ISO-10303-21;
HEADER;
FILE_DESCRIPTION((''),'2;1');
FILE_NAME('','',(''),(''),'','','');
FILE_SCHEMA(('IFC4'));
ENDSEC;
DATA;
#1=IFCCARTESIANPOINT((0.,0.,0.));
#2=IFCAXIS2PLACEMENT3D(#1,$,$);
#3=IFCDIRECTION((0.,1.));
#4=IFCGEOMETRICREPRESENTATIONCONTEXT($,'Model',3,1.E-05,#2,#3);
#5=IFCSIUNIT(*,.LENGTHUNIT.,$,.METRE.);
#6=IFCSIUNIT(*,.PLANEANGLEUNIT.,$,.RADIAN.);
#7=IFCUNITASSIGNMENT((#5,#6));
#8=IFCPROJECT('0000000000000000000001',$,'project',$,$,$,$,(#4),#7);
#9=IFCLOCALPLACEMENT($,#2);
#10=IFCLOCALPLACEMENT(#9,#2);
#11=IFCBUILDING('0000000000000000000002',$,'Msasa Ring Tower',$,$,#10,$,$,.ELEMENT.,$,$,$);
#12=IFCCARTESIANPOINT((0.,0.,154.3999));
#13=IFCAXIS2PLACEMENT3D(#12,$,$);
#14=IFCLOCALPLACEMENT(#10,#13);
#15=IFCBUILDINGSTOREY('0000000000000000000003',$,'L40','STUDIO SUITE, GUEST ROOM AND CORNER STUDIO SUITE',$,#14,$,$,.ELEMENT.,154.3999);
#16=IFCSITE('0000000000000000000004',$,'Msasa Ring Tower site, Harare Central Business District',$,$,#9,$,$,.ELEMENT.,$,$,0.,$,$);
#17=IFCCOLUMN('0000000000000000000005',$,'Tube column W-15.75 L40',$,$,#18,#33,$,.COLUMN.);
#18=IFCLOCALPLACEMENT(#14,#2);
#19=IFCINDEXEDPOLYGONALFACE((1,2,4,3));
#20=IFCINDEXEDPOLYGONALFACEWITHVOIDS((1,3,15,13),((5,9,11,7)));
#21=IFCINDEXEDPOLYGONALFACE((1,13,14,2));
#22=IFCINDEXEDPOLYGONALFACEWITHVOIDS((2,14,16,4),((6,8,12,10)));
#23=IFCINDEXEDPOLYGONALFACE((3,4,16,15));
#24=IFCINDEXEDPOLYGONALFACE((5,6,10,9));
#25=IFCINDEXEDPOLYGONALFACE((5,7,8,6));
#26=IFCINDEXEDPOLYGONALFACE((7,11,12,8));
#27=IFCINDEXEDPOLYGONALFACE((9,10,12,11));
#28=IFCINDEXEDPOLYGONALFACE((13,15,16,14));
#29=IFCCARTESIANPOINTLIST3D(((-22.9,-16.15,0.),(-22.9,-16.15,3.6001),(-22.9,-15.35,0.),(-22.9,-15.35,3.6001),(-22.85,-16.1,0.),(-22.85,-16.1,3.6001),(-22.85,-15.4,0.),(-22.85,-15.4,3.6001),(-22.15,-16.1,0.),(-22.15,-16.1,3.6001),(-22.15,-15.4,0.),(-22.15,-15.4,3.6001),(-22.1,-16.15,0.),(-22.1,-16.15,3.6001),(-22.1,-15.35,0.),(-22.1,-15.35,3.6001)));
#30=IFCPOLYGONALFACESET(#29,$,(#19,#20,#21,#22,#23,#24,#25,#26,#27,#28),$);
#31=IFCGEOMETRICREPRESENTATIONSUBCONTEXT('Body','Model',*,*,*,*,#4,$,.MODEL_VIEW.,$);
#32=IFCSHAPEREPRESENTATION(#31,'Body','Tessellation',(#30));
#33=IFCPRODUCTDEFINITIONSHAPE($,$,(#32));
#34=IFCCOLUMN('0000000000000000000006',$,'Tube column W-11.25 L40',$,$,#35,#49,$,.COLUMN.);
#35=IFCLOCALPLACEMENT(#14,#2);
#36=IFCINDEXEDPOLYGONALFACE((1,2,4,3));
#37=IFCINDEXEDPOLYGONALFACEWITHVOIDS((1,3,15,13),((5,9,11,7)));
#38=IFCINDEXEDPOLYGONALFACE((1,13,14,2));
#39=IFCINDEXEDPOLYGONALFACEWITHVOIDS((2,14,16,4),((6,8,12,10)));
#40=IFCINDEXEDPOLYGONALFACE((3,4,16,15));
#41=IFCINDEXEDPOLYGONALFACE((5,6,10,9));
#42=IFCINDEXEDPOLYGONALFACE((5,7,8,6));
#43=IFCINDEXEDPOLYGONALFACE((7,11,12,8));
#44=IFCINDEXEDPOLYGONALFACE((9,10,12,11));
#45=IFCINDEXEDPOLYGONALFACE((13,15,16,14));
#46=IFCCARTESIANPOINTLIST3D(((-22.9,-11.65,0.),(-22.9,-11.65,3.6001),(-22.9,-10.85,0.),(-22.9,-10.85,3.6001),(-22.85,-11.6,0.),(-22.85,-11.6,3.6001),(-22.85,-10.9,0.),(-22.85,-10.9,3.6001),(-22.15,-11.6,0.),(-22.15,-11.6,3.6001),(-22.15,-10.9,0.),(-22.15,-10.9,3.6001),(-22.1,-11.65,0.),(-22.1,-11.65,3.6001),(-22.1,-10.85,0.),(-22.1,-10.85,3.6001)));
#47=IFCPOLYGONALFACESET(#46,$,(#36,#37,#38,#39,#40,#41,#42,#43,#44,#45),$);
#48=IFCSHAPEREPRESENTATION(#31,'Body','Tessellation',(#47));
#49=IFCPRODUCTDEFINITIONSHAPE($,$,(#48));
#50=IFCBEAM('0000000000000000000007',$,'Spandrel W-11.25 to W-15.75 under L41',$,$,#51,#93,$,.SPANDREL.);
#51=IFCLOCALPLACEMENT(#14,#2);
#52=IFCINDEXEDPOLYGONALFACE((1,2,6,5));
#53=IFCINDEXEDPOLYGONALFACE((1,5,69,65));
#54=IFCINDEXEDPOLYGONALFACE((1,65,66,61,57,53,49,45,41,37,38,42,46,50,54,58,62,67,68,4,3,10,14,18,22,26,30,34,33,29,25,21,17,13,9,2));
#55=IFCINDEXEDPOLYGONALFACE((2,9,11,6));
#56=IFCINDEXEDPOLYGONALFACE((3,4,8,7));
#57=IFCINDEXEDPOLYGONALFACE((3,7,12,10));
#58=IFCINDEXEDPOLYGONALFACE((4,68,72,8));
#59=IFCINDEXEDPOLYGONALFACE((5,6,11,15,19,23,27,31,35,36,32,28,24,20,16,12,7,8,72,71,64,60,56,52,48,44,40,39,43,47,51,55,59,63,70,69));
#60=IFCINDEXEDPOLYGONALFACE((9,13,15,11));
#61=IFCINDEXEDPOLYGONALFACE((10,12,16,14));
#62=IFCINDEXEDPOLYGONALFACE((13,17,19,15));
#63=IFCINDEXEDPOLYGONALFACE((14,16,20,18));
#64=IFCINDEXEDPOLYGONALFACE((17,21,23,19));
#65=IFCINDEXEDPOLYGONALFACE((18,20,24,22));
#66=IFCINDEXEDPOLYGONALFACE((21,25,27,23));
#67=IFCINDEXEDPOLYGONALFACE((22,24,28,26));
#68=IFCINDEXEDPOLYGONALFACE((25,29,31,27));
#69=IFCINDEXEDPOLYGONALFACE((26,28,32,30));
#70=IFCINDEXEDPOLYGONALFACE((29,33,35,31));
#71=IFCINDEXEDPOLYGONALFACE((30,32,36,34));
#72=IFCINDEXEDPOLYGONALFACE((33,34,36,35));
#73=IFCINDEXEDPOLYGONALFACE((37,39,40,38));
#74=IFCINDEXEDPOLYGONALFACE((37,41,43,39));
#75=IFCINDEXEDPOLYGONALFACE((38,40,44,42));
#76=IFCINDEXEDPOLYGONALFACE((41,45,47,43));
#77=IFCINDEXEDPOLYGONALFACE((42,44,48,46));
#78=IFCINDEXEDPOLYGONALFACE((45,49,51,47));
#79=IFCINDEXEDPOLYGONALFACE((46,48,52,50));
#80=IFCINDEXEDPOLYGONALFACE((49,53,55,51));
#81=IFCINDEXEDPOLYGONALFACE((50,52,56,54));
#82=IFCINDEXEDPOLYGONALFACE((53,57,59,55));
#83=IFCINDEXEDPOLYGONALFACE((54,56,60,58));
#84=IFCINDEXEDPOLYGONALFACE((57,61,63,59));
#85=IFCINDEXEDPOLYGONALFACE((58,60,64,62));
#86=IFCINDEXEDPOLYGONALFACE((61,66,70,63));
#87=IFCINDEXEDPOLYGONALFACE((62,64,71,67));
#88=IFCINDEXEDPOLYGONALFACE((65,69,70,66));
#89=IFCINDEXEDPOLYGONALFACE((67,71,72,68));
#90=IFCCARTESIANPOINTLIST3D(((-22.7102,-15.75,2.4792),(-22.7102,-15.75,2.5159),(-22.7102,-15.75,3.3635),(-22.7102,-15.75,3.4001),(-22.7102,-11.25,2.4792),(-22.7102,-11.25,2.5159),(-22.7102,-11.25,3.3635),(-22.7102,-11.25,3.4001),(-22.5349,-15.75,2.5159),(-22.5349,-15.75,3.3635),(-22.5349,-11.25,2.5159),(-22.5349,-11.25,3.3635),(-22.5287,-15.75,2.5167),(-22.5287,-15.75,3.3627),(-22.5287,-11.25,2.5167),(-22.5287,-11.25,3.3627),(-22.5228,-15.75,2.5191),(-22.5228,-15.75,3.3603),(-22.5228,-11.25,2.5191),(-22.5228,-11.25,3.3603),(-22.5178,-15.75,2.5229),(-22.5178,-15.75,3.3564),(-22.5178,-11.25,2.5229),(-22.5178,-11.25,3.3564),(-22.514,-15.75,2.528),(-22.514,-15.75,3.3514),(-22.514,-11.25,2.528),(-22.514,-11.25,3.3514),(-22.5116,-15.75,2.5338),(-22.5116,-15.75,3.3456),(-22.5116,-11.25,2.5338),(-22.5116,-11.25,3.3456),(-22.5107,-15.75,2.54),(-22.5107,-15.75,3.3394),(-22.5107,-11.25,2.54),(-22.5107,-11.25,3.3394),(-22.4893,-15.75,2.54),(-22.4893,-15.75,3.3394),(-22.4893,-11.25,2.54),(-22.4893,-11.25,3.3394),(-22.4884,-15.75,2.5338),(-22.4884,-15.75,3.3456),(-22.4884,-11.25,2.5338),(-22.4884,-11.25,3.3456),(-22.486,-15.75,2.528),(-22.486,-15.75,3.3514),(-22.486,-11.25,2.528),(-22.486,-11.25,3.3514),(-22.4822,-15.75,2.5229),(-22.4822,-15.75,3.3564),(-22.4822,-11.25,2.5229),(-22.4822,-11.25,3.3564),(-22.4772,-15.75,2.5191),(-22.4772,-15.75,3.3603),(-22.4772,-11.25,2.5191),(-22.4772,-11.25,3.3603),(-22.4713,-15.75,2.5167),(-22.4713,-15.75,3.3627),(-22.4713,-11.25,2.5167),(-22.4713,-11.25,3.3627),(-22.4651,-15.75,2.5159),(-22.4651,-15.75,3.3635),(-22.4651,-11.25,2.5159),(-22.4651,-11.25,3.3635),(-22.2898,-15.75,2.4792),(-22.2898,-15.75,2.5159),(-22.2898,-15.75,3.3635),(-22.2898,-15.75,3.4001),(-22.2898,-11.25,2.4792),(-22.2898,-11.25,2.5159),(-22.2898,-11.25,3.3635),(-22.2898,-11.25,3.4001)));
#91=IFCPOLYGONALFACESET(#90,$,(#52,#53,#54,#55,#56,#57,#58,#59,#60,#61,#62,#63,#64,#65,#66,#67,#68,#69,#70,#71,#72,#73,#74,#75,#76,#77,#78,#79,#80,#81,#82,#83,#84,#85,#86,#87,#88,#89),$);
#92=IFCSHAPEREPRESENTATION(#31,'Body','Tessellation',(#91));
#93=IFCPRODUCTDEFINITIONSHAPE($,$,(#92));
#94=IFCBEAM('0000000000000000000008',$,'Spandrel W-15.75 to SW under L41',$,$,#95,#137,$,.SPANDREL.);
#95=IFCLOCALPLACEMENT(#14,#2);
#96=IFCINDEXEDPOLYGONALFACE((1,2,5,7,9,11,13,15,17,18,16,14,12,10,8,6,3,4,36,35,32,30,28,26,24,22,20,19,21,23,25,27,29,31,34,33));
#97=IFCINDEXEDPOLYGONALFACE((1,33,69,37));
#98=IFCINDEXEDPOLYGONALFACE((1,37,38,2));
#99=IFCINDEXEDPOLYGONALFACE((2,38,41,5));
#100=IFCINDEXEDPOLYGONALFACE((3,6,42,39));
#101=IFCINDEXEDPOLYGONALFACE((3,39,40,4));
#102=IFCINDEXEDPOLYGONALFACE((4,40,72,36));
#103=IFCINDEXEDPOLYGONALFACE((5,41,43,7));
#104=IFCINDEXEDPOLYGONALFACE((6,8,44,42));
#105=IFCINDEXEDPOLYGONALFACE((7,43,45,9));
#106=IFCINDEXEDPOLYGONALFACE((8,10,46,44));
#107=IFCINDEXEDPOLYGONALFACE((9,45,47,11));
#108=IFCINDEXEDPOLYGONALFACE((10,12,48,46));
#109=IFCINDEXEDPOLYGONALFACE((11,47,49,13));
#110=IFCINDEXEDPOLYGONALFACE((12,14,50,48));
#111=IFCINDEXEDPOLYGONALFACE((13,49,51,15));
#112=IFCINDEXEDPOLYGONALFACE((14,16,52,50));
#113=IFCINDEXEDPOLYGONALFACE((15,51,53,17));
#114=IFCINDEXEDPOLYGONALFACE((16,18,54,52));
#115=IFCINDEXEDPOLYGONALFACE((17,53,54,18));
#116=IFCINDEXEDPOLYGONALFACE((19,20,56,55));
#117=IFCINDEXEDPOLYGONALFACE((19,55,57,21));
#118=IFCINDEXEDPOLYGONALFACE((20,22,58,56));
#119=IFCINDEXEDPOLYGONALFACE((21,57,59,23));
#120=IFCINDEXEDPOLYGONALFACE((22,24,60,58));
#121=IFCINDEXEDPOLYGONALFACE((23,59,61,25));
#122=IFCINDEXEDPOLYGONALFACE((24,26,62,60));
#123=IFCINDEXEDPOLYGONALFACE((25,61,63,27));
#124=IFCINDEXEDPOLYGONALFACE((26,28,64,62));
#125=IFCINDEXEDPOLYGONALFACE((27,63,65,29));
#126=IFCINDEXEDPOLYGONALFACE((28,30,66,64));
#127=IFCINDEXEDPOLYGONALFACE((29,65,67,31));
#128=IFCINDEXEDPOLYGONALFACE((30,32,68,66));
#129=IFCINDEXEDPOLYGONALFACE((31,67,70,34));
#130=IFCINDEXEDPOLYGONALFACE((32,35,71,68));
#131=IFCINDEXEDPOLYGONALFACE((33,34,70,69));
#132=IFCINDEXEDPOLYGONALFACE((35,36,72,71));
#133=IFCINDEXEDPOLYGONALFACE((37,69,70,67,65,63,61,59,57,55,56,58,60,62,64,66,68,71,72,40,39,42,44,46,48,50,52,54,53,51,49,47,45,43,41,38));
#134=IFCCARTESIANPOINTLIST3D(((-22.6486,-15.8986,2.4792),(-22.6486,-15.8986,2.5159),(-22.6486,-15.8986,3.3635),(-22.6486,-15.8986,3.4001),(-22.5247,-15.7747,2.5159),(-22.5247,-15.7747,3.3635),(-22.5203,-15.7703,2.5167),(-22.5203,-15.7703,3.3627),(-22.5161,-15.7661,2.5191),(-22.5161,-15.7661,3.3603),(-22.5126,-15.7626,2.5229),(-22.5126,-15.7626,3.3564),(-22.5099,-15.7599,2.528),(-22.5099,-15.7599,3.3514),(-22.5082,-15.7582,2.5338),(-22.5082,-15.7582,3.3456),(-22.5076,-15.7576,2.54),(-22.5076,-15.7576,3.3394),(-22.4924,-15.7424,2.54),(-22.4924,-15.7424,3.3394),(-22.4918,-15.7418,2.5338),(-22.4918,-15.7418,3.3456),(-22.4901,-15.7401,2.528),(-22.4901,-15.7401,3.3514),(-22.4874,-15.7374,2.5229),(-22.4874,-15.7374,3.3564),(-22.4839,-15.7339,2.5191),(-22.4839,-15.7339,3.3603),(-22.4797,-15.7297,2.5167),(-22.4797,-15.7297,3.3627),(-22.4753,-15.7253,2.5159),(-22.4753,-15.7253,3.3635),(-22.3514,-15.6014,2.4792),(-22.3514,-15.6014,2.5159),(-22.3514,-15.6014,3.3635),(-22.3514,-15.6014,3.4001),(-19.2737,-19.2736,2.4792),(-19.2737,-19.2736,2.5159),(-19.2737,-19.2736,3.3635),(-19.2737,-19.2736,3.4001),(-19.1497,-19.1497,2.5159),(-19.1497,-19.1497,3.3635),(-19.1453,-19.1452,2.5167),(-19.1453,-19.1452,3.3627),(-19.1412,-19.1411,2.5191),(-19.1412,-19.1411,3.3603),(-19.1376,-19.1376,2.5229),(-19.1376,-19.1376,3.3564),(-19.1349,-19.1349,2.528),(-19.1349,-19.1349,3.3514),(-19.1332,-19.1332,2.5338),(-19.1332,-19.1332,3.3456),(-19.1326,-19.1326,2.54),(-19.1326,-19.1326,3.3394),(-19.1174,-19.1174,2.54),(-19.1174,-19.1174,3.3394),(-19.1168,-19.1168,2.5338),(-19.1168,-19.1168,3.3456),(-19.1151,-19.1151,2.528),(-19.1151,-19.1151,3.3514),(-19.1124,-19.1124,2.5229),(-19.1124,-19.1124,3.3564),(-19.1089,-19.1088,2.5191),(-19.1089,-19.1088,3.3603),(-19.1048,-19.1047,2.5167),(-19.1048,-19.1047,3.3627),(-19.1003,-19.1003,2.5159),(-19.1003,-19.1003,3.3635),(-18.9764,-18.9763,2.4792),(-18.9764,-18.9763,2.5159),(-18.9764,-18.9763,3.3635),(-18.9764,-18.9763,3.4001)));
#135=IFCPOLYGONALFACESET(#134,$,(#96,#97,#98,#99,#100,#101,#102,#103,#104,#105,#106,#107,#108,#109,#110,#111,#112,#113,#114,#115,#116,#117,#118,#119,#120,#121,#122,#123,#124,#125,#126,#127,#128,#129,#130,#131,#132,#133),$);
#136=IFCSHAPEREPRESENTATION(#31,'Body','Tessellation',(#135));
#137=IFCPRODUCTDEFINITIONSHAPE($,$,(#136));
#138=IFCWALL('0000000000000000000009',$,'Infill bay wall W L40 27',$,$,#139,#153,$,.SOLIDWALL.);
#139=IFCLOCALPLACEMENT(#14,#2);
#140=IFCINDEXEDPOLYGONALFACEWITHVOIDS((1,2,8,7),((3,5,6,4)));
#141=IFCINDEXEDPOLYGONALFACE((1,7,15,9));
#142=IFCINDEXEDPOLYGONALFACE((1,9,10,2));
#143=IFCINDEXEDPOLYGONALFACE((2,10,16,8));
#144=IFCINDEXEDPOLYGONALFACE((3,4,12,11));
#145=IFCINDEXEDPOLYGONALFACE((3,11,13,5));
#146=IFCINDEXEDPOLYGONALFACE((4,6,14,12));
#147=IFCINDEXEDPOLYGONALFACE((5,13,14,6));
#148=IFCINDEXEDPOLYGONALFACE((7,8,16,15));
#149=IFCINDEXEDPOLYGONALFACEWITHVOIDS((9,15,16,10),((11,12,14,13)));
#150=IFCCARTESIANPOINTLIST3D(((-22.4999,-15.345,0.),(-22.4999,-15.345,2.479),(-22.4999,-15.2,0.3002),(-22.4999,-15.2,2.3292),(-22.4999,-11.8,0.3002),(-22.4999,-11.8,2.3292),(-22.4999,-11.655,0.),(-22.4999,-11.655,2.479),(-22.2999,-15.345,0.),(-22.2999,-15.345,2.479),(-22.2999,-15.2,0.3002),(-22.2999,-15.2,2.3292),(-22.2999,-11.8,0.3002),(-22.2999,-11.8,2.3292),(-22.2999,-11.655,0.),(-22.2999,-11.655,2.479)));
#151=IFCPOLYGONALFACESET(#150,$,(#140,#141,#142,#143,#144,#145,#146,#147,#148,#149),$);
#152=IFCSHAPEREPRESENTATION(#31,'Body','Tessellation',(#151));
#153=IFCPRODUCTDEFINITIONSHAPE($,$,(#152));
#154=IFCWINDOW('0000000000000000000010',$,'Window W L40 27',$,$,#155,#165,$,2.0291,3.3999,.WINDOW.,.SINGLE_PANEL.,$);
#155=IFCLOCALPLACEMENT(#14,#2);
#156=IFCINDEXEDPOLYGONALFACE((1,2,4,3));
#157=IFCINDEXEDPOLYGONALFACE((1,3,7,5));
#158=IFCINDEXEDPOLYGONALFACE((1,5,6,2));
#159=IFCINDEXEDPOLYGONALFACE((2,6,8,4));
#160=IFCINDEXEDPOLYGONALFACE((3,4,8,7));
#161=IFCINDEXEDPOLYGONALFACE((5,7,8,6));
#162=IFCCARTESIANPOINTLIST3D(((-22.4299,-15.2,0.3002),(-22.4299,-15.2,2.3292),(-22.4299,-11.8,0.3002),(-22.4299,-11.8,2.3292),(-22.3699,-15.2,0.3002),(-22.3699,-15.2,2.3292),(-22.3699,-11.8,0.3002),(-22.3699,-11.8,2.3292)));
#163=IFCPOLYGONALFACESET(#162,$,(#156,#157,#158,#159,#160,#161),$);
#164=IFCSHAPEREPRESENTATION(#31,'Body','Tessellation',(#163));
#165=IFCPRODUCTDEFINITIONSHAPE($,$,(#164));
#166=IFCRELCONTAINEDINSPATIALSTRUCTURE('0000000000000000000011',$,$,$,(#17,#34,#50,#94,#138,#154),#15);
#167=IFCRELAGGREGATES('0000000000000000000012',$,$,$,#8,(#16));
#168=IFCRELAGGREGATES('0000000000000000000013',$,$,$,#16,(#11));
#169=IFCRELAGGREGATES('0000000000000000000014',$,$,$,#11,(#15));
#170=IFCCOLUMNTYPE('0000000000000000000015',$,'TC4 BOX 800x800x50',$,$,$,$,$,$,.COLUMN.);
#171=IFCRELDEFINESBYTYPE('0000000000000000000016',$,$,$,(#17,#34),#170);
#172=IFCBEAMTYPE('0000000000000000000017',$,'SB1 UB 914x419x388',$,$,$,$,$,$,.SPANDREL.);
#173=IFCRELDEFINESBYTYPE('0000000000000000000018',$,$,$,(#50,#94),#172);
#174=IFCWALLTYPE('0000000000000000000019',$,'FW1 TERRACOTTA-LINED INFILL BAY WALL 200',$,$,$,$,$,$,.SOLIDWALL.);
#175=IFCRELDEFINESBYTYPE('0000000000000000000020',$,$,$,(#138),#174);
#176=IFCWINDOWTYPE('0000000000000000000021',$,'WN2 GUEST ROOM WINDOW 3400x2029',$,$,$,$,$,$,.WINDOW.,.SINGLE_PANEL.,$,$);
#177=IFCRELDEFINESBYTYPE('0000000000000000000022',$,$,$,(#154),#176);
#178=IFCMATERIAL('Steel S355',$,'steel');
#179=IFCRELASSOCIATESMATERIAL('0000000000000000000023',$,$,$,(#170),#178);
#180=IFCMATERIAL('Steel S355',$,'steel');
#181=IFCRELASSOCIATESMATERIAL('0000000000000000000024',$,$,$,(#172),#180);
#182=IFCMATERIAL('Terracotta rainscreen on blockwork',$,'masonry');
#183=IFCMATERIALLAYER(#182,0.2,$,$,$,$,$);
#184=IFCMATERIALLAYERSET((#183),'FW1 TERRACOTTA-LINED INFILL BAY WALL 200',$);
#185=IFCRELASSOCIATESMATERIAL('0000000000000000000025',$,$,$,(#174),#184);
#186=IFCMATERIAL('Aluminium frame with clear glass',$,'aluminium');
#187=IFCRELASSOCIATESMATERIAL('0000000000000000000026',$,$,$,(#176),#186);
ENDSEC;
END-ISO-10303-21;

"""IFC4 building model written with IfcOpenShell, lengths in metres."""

from ifc_helpers import new_model, si_unit, direction, frame, frame_2d, origin, origin_2d, place, context, subcontext, project, spatial, rectangle, hollow_rectangle, i_section, extrude, material, layer, layer_set, material_profile, profile_set, type_object, element, fill, save


model = new_model("IFC4")

# Units and contexts
model_context = context("Model", 3, precision=1e-05, world=origin(), true_north=direction((0.0, 1.0)))
body_context = subcontext(model_context, "Body", "Model", "MODEL_VIEW")
ifc_project = project(units=[si_unit("LENGTHUNIT", "METRE"), si_unit("PLANEANGLEUNIT", "RADIAN")], contexts=[model_context])

# Site, building, storey
site_placement = place(None, origin())
site = spatial("IfcSite", under=ifc_project, at=site_placement, Name="Msasa Ring Tower site, Harare Central Business District", CompositionType="ELEMENT", RefElevation=0.0)
building_placement = place(site_placement, origin())
building = spatial("IfcBuilding", under=site, at=building_placement, Name="Msasa Ring Tower", CompositionType="ELEMENT")
storey_placement = place(building_placement, frame((0.0, 0.0, 154.3999)))
storey = spatial("IfcBuildingStorey", under=building, at=storey_placement, Name="L40", Description="STUDIO SUITE, GUEST ROOM AND CORNER STUDIO SUITE", CompositionType="ELEMENT", Elevation=154.3999)

# Columns
ifc_material_1 = material(Name="Steel S355", Category="steel")
ifc_material_profile_1 = material_profile(ifc_material_1, hollow_rectangle(XDim=0.8, YDim=0.8, WallThickness=0.05, at=origin_2d()), Name="BOX 800x800x50")
ifc_profile_set_1 = profile_set([ifc_material_profile_1], Name="Steel S355")
column_type = type_object("IfcColumnType", Name="TC4 BOX 800x800x50", PredefinedType="COLUMN", material=ifc_profile_set_1)
for number, where, z_axis, x_axis, name in (
    (1, (-22.5, -15.75, 0.0), (0.0, 0.0, 1.0), (1.0, 0.0, 0.0), "Tube column W-15.75 L40"),
    (2, (-22.5, -11.25, 0.0), (0.0, 0.0, 1.0), (1.0, 0.0, 0.0), "Tube column W-11.25 L40"),
):
    element("IfcColumn", number, at=place(storey_placement, frame(where, z_axis=z_axis, x_axis=x_axis)), inside=storey, type_object=column_type, Name=name, PredefinedType="COLUMN", context=body_context, shape_type="SweptSolid", body=[
        extrude(hollow_rectangle(XDim=0.8, YDim=0.8, WallThickness=0.05, at=origin_2d()), origin(), (0.0, 0.0, 1.0), 3.6001),
    ])

# Beams
ifc_material_2 = material(Name="Steel S355", Category="steel")
ifc_material_profile_2 = material_profile(ifc_material_2, i_section(OverallWidth=0.4204, OverallDepth=0.9209, WebThickness=0.0215, FlangeThickness=0.0366, FilletRadius=0.0242, at=origin_2d()), Name="UB 914x419x388")
ifc_profile_set_2 = profile_set([ifc_material_profile_2], Name="Steel S355")
beam_type = type_object("IfcBeamType", Name="SB1 UB 914x419x388", PredefinedType="SPANDREL", material=ifc_profile_set_2)
beam_1_placement = place(storey_placement, frame((-22.5, -11.25, 2.9397), z_axis=(0.0, -1.0, 0.0), x_axis=(1.0, 0.0, 0.0)))
element("IfcBeam", 3, at=beam_1_placement, inside=storey, type_object=beam_type, Name="Spandrel W-11.25 to W-15.75 under L41", PredefinedType="SPANDREL", context=body_context, shape_type="SweptSolid", body=[
    extrude(i_section(OverallWidth=0.4204, OverallDepth=0.9209, WebThickness=0.0215, FlangeThickness=0.0366, FilletRadius=0.0242, at=origin_2d()), origin(), (0.0, 0.0, 1.0), 4.5),
])
beam_2_placement = place(storey_placement, frame((-22.5, -15.75, 2.9397), z_axis=(0.707107, -0.707107, 0.0), x_axis=(0.707107, 0.707107, 0.0)))
element("IfcBeam", 4, at=beam_2_placement, inside=storey, type_object=beam_type, Name="Spandrel W-15.75 to SW under L41", PredefinedType="SPANDREL", context=body_context, shape_type="SweptSolid", body=[
    extrude(i_section(OverallWidth=0.4204, OverallDepth=0.9209, WebThickness=0.0215, FlangeThickness=0.0366, FilletRadius=0.0242, at=origin_2d()), origin(), (0.0, 0.0, 1.0), 4.7729),
])

# Wall, opening, window
ifc_material_3 = material(Name="Terracotta rainscreen on blockwork", Category="masonry")
ifc_layer_1 = layer(ifc_material_3, 0.2)
ifc_layer_set_1 = layer_set([ifc_layer_1], Name="FW1 TERRACOTTA-LINED INFILL BAY WALL 200")
wall_type_1 = type_object("IfcWallType", Name="FW1 TERRACOTTA-LINED INFILL BAY WALL 200", PredefinedType="SOLIDWALL", material=ifc_layer_set_1)
wall_1_placement = place(storey_placement, frame((-22.3999, -15.345, 0.0), z_axis=(0.0, 0.0, 1.0), x_axis=(0.0, 1.0, 0.0)))
wall_1 = element("IfcWall", 5, at=wall_1_placement, inside=storey, type_object=wall_type_1, Name="Infill bay wall W L40 27", PredefinedType="SOLIDWALL", context=body_context, shape_type="SweptSolid", body=[
    extrude(rectangle(XDim=3.6899, YDim=0.2, at=frame_2d((1.845, 0.0))), origin(), (0.0, 0.0, 1.0), 2.479),
])
opening_1_placement = place(wall_1_placement, frame((0.145, 0.0, 0.3)))
opening_1 = element("IfcOpeningElement", 6, at=opening_1_placement, cuts=wall_1, PredefinedType="OPENING", context=body_context, shape_type="SweptSolid", body=[
    extrude(rectangle(XDim=3.3999, YDim=2.0291, at=frame_2d((1.7, 1.0146))), frame((0.0, 0.1099, 0.0), z_axis=(0.0, -1.0, 0.0), x_axis=(1.0, 0.0, 0.0)), (0.0, 0.0, 1.0), 0.22),
])
ifc_material_4 = material(Name="Aluminium frame with clear glass", Category="aluminium")
window_type = type_object("IfcWindowType", Name="WN2 GUEST ROOM WINDOW 3400x2029", PartitioningType="SINGLE_PANEL", PredefinedType="WINDOW", material=ifc_material_4)
window_1_placement = place(opening_1_placement, origin())
window_1 = element("IfcWindow", 7, at=window_1_placement, inside=storey, type_object=window_type, Name="Window W L40 27", OverallHeight=2.0291, OverallWidth=3.3999, PartitioningType="SINGLE_PANEL", PredefinedType="WINDOW", context=body_context, shape_type="SweptSolid", body=[
    extrude(rectangle(XDim=3.3999, YDim=2.0291, at=frame_2d((1.7, 1.0146))), frame((0.0, 0.03, 0.0), z_axis=(0.0, -1.0, 0.0), x_axis=(1.0, 0.0, 0.0)), (0.0, 0.0, 1.0), 0.0601),
])
fill(opening_1, window_1)

save(model, "model.ifc")
